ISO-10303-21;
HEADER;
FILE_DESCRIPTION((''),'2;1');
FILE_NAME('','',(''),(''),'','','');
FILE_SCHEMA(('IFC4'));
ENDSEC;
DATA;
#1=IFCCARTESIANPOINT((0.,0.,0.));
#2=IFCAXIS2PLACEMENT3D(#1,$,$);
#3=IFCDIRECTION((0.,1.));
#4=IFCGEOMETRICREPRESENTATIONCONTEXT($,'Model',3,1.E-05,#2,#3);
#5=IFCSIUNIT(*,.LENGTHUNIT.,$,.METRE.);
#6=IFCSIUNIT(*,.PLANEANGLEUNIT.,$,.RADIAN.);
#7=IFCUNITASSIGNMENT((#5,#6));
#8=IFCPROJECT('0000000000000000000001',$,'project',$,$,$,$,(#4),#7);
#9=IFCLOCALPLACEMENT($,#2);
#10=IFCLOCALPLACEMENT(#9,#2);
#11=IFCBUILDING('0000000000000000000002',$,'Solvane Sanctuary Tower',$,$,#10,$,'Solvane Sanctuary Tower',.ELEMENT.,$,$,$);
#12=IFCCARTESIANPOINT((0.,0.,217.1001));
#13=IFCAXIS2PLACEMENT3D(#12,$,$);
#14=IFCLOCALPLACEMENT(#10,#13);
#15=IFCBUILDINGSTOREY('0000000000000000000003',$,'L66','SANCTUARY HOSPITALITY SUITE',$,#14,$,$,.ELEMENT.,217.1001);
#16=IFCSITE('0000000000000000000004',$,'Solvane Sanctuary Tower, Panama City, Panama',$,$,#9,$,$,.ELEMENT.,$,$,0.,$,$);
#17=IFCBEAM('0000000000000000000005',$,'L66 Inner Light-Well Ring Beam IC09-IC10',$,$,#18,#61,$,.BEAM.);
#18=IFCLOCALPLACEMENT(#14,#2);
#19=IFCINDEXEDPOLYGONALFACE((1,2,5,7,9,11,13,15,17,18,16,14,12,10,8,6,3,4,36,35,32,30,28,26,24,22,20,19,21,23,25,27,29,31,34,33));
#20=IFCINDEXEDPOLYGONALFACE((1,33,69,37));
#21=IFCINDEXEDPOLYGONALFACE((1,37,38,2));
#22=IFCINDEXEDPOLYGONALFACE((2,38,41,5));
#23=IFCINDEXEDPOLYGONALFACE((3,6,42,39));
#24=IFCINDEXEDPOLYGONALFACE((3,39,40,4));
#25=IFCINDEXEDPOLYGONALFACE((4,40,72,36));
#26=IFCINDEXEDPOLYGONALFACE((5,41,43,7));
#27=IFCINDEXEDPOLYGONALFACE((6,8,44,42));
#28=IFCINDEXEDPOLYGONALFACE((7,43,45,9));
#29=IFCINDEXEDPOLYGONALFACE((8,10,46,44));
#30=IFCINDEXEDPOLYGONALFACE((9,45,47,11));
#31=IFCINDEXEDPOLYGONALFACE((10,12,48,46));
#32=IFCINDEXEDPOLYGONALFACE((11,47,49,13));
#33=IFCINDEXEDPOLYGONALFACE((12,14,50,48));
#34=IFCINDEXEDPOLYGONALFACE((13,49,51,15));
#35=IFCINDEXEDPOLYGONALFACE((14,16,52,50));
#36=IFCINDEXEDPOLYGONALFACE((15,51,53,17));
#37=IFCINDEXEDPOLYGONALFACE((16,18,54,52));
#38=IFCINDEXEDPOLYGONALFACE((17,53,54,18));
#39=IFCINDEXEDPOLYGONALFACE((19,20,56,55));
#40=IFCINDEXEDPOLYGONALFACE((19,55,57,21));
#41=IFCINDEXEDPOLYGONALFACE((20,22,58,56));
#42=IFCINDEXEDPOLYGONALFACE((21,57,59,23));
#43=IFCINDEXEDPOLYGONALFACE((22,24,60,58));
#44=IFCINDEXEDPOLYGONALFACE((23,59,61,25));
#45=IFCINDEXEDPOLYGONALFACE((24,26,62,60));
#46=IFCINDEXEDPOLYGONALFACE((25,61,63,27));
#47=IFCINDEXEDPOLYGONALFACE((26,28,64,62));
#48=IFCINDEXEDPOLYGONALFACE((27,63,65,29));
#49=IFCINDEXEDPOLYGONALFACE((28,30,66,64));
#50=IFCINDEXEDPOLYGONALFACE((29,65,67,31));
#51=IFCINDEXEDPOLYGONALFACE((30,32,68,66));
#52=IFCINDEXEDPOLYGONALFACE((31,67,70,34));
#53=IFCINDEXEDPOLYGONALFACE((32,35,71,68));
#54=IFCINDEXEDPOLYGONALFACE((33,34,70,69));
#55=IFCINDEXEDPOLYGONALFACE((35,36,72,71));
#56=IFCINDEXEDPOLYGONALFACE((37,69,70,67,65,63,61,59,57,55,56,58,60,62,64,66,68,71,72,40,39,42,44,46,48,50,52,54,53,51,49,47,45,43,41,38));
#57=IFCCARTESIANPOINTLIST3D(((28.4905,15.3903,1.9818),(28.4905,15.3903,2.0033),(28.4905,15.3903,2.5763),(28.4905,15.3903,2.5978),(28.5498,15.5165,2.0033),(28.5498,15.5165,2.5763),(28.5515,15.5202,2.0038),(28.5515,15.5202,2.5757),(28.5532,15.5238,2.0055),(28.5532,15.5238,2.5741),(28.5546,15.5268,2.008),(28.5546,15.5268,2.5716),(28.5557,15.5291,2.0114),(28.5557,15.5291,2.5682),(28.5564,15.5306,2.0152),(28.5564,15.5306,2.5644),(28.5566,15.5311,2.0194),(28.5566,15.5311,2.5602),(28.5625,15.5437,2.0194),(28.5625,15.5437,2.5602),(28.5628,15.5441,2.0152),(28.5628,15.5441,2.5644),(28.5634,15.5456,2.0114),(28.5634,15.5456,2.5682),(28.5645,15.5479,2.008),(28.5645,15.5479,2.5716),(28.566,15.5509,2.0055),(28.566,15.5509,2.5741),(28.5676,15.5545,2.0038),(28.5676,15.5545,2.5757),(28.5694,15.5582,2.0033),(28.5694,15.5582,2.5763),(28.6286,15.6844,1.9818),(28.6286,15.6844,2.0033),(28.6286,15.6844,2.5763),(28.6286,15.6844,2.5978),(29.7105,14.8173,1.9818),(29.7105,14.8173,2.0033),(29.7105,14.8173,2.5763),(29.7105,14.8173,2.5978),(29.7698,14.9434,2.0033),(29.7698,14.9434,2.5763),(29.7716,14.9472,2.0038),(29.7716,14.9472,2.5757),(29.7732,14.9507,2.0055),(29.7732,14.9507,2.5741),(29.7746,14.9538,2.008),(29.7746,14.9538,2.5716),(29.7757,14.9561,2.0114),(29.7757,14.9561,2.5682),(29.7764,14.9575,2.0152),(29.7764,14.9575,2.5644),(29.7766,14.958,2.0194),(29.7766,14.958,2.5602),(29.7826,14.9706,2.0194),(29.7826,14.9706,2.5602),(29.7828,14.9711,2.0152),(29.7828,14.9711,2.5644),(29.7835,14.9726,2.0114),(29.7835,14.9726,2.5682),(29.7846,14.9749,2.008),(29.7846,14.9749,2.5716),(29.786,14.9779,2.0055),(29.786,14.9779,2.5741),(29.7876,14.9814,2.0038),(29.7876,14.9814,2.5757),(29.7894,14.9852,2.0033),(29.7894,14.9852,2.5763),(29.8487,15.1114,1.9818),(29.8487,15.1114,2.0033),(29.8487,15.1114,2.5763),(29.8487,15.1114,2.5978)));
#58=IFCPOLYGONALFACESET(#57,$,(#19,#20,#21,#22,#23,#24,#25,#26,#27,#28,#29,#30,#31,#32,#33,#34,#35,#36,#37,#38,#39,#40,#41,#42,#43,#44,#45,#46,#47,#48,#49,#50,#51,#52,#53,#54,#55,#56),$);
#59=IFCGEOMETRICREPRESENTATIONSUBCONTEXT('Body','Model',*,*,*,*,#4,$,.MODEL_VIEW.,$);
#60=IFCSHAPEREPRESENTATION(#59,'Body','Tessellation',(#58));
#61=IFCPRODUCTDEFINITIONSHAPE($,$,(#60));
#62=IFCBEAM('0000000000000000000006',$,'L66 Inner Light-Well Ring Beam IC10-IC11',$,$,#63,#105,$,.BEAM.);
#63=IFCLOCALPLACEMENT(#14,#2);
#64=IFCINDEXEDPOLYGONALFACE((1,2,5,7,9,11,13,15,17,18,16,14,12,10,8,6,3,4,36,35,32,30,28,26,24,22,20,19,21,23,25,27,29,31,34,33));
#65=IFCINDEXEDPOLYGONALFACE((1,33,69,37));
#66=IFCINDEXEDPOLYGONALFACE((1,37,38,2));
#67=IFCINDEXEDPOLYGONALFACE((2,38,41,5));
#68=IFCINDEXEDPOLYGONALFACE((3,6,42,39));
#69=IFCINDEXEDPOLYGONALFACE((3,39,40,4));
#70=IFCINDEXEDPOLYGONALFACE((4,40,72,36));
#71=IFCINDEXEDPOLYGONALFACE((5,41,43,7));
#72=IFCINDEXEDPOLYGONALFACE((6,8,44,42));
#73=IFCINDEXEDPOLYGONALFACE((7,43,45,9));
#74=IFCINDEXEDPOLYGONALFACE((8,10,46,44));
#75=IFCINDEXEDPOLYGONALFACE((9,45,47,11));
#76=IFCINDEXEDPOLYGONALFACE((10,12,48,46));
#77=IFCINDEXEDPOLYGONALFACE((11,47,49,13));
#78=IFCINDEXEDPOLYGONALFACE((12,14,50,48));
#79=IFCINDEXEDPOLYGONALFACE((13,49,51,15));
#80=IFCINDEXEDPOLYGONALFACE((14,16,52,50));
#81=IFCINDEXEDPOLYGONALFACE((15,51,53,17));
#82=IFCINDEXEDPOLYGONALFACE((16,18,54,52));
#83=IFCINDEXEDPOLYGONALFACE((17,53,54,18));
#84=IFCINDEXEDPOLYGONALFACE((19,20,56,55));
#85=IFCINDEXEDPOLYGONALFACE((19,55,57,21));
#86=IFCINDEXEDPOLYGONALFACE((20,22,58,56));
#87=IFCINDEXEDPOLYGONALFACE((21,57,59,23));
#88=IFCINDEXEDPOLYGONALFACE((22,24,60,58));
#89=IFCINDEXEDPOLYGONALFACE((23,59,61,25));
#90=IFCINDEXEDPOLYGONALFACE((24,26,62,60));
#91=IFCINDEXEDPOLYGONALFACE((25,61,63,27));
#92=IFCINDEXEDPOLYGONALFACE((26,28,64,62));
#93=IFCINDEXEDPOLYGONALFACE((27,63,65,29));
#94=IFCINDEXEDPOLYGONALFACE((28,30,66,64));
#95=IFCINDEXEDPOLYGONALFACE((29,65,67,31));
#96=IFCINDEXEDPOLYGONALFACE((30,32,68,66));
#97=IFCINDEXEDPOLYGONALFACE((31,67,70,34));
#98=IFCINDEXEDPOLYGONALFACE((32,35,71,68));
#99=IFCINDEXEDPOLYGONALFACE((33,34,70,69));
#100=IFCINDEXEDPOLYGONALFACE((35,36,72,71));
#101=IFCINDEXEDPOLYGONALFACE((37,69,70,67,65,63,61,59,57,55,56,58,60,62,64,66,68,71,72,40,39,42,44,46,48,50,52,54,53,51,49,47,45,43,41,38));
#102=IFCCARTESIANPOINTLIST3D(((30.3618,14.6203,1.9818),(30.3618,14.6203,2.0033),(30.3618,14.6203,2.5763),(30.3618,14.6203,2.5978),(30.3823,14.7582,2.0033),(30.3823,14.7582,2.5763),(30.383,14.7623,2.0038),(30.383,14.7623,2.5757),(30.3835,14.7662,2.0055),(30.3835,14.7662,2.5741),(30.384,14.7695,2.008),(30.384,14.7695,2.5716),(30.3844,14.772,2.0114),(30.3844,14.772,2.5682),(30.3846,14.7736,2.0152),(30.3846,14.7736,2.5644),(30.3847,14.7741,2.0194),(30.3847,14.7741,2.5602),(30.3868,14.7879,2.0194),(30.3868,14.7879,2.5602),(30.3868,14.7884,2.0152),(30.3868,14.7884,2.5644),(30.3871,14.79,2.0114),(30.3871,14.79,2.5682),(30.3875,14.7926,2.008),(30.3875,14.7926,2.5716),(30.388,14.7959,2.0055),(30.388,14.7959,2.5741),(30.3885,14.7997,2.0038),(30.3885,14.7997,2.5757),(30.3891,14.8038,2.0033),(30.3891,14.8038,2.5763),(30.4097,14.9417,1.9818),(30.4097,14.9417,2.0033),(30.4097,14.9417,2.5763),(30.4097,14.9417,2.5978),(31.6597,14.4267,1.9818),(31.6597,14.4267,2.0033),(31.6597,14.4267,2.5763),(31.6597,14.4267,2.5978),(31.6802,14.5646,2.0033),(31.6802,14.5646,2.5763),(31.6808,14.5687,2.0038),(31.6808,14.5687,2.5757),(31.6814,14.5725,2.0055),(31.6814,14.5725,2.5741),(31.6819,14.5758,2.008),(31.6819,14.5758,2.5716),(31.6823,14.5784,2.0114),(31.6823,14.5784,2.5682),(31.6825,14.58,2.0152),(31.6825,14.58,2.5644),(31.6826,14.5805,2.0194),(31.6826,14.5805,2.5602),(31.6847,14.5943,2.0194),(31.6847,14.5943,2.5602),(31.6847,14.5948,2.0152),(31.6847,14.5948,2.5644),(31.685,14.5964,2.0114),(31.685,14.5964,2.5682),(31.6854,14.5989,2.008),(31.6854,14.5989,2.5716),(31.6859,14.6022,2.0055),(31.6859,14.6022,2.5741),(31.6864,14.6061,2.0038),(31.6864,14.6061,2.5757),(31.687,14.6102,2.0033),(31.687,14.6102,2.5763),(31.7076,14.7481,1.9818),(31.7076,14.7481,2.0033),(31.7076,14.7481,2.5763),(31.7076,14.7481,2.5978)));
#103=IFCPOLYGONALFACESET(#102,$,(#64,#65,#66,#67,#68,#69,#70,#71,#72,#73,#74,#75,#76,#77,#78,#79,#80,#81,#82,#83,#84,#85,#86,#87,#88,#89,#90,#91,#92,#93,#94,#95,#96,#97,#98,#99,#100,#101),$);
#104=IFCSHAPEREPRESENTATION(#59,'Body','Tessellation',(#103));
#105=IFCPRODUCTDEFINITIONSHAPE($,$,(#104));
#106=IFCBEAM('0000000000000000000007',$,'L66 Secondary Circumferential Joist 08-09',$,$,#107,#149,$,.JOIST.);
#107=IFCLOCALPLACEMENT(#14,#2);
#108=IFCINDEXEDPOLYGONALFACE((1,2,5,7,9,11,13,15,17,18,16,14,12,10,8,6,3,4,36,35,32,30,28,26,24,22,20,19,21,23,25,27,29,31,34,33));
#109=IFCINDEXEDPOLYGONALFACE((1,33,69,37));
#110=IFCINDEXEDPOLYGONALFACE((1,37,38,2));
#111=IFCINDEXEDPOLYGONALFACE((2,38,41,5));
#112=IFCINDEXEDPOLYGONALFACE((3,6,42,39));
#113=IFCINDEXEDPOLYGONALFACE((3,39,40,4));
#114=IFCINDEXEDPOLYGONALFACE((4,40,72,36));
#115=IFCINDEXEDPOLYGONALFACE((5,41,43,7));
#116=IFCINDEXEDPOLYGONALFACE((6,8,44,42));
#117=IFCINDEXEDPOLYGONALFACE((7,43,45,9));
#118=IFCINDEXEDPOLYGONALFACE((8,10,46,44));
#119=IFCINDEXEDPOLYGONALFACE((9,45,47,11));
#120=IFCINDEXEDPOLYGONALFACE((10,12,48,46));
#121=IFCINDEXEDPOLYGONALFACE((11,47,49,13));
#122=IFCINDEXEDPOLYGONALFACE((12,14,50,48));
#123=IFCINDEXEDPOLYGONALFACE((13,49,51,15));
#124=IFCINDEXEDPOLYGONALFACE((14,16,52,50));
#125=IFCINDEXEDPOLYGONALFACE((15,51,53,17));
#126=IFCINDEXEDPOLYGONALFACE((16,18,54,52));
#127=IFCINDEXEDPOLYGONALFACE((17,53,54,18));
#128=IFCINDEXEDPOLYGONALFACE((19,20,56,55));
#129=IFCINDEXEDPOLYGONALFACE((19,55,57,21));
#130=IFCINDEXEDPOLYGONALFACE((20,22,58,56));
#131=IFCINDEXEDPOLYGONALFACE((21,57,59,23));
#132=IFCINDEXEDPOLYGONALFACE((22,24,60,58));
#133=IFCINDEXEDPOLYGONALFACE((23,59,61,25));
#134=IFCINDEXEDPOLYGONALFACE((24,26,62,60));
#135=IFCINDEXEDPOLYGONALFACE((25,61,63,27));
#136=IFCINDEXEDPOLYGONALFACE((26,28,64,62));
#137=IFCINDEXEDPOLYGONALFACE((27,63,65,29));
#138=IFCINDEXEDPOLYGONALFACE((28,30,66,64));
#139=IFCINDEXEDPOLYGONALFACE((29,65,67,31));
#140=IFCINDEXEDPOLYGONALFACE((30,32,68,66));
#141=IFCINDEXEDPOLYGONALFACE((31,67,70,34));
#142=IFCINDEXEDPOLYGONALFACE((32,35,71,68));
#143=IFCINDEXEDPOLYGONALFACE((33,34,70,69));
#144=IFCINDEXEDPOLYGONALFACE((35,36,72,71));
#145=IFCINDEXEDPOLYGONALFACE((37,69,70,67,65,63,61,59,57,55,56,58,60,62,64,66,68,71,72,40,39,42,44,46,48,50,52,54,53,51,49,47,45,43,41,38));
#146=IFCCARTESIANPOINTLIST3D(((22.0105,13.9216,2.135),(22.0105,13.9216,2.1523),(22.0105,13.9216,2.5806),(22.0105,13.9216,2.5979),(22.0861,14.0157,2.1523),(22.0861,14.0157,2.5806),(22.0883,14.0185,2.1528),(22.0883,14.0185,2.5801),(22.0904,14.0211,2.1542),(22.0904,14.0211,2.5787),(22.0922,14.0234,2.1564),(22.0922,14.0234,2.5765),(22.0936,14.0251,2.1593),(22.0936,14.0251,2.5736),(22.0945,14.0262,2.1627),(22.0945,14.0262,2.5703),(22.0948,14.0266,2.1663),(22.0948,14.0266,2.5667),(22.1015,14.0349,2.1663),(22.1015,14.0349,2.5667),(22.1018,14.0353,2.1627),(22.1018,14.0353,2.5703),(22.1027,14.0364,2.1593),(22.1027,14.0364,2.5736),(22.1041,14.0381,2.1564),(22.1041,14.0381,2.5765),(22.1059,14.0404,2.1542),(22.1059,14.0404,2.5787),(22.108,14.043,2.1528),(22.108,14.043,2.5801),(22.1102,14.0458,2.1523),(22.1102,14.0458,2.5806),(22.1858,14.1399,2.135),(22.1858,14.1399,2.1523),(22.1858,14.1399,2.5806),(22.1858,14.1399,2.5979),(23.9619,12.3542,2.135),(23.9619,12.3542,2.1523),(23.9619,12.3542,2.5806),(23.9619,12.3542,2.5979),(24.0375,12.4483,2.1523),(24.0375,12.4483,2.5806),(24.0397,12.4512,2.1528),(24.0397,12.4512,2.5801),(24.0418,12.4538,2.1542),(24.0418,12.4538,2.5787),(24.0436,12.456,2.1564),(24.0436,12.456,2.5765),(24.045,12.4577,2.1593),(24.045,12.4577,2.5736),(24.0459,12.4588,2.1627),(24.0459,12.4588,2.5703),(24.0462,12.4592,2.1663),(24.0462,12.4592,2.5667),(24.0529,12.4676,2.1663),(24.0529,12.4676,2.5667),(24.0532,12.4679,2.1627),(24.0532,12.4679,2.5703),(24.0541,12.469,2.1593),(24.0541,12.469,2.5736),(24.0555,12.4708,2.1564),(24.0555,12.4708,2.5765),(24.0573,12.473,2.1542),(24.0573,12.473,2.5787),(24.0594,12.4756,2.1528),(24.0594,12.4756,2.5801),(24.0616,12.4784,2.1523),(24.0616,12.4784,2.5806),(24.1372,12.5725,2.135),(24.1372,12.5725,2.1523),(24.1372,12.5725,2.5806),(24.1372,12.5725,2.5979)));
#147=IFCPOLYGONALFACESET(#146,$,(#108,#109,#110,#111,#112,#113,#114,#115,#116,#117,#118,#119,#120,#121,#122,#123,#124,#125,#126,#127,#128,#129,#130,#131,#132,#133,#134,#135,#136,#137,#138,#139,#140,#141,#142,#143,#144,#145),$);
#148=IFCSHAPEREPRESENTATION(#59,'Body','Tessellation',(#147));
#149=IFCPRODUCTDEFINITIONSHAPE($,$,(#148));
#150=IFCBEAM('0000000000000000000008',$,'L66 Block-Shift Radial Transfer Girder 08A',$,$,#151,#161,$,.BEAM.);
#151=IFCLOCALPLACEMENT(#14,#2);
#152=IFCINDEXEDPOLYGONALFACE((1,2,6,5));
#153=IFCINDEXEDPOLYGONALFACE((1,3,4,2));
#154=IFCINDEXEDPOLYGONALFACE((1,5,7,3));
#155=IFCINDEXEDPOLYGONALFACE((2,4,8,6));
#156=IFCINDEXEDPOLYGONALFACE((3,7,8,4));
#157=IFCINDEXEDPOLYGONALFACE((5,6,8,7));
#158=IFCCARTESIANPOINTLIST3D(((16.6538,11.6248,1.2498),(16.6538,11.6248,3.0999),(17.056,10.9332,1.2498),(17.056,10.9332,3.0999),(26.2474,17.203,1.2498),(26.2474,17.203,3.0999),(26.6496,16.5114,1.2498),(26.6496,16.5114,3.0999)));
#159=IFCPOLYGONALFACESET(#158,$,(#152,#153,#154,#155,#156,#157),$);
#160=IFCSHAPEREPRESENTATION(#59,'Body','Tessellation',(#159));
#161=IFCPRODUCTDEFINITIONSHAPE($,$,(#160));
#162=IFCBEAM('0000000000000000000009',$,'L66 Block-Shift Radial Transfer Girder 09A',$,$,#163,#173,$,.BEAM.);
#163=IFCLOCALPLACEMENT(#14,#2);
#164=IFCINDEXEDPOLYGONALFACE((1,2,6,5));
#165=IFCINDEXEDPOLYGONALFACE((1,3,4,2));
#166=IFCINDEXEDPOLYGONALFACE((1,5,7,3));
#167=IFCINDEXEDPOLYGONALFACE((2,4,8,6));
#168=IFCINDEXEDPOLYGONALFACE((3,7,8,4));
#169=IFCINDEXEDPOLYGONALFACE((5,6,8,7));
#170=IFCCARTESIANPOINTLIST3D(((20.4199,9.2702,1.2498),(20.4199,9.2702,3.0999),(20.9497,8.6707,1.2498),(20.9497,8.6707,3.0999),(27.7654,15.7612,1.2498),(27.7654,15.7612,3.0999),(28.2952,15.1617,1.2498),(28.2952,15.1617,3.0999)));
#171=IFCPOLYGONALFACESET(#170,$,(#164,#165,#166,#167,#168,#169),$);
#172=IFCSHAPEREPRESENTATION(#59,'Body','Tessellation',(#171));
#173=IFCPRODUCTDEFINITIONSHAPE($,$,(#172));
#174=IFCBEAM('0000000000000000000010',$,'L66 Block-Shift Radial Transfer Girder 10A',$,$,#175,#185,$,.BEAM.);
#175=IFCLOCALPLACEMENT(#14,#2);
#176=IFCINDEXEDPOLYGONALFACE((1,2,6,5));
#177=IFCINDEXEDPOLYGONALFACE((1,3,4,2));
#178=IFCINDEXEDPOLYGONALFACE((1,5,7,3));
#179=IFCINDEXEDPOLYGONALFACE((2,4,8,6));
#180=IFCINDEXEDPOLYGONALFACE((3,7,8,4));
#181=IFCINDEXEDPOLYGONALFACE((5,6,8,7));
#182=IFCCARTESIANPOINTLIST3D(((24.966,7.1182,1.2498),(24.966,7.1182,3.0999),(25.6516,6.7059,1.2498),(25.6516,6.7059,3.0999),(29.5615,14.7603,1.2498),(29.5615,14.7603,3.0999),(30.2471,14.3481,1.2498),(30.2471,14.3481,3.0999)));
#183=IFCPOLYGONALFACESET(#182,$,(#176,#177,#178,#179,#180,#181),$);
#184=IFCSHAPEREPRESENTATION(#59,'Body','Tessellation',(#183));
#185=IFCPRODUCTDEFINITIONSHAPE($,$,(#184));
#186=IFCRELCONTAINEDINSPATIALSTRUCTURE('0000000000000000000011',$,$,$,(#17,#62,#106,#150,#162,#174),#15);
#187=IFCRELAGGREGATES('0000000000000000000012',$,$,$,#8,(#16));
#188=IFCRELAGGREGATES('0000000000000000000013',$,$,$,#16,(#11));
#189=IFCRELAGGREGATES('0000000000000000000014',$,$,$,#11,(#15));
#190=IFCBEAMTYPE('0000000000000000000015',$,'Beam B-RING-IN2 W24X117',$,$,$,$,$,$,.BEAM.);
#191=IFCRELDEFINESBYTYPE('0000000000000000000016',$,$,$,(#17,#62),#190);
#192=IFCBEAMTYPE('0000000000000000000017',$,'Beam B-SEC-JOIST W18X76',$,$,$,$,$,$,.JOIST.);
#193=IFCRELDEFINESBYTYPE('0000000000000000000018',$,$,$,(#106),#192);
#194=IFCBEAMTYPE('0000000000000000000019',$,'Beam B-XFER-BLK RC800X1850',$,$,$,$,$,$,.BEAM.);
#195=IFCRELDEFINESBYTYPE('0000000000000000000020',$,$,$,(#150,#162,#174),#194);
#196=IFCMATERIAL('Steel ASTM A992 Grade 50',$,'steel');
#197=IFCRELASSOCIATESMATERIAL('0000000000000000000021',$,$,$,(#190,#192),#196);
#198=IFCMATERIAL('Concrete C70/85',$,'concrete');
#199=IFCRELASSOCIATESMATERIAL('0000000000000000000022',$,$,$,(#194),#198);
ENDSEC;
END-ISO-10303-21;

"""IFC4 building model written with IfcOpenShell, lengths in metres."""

from ifc_helpers import new_model, si_unit, direction, frame, origin, origin_2d, place, context, subcontext, project, spatial, rectangle, i_section, extrude, material, material_profile, profile_set, type_object, element, save


model = new_model("IFC4")

# Units and contexts
model_context = context("Model", 3, precision=1e-05, world=origin(), true_north=direction((0.0, 1.0)))
body_context = subcontext(model_context, "Body", "Model", "MODEL_VIEW")
ifc_project = project(units=[si_unit("LENGTHUNIT", "METRE"), si_unit("PLANEANGLEUNIT", "RADIAN")], contexts=[model_context])

# Site, building, storey
site_placement = place(None, origin())
site = spatial("IfcSite", under=ifc_project, at=site_placement, Name="Solvane Sanctuary Tower, Panama City, Panama", CompositionType="ELEMENT", RefElevation=0.0)
building_placement = place(site_placement, origin())
building = spatial("IfcBuilding", under=site, at=building_placement, Name="Solvane Sanctuary Tower", LongName="Solvane Sanctuary Tower", CompositionType="ELEMENT")
storey_placement = place(building_placement, frame((0.0, 0.0, 217.1001)))
storey = spatial("IfcBuildingStorey", under=building, at=storey_placement, Name="L66", Description="SANCTUARY HOSPITALITY SUITE", CompositionType="ELEMENT", Elevation=217.1001)

# Shared definitions
ifc_material_1 = material(Name="Concrete C70/85", Category="concrete")

# Beams
ifc_material_2 = material(Name="Steel ASTM A992 Grade 50", Category="steel")
ifc_material_profile_1 = material_profile(ifc_material_2, i_section(OverallWidth=0.325, OverallDepth=0.616, WebThickness=0.0139, FlangeThickness=0.0215, FilletRadius=0.0161, at=origin_2d()), Name="W24X117")
ifc_profile_set_1 = profile_set([ifc_material_profile_1], Name="Steel ASTM A992 Grade 50")
beam_type_1 = type_object("IfcBeamType", Name="Beam B-RING-IN2 W24X117", PredefinedType="BEAM", material=ifc_profile_set_1)
beam_1_placement = place(storey_placement, frame((28.5596, 15.5374, 2.2898), z_axis=(0.905135, -0.425125, 0.0), x_axis=(0.425125, 0.905135, 0.0)))
element("IfcBeam", 1, at=beam_1_placement, inside=storey, type_object=beam_type_1, Name="L66 Inner Light-Well Ring Beam IC09-IC10", PredefinedType="BEAM", context=body_context, shape_type="SweptSolid", body=[
    extrude(i_section(OverallWidth=0.325, OverallDepth=0.616, WebThickness=0.0139, FlangeThickness=0.0215, FilletRadius=0.0161, at=origin_2d()), origin(), (0.0, 0.0, 1.0), 1.3479),
])
beam_2_placement = place(storey_placement, frame((30.3857, 14.781, 2.2898), z_axis=(0.989056, -0.14754, 0.0), x_axis=(0.14754, 0.989056, 0.0)))
element("IfcBeam", 2, at=beam_2_placement, inside=storey, type_object=beam_type_1, Name="L66 Inner Light-Well Ring Beam IC10-IC11", PredefinedType="BEAM", context=body_context, shape_type="SweptSolid", body=[
    extrude(i_section(OverallWidth=0.325, OverallDepth=0.616, WebThickness=0.0139, FlangeThickness=0.0215, FilletRadius=0.0161, at=origin_2d()), origin(), (0.0, 0.0, 1.0), 1.3123),
])
ifc_material_profile_2 = material_profile(ifc_material_2, i_section(OverallWidth=0.28, OverallDepth=0.4629, WebThickness=0.0107, FlangeThickness=0.0173, FilletRadius=0.0139, at=origin_2d()), Name="W18X76")
ifc_profile_set_2 = profile_set([ifc_material_profile_2], Name="Steel ASTM A992 Grade 50")
beam_type_2 = type_object("IfcBeamType", Name="Beam B-SEC-JOIST W18X76", PredefinedType="JOIST", material=ifc_profile_set_2)
beam_3_placement = place(storey_placement, frame((22.0981, 14.0308, 2.3665), z_axis=(0.779649, -0.626216, 0.0), x_axis=(0.626216, 0.779649, 0.0)))
element("IfcBeam", 3, at=beam_3_placement, inside=storey, type_object=beam_type_2, Name="L66 Secondary Circumferential Joist 08-09", PredefinedType="JOIST", context=body_context, shape_type="SweptSolid", body=[
    extrude(i_section(OverallWidth=0.28, OverallDepth=0.4629, WebThickness=0.0107, FlangeThickness=0.0173, FilletRadius=0.0139, at=origin_2d()), origin(), (0.0, 0.0, 1.0), 2.5029),
])
ifc_material_profile_3 = material_profile(ifc_material_1, rectangle(XDim=0.8, YDim=1.8501, at=origin_2d()), Name="RC800X1850")
ifc_profile_set_3 = profile_set([ifc_material_profile_3], Name="Concrete C70/85")
beam_type_3 = type_object("IfcBeamType", Name="Beam B-XFER-BLK RC800X1850", PredefinedType="BEAM", material=ifc_profile_set_3)
beam_4_placement = place(storey_placement, frame((26.4485, 16.8572, 2.1748), z_axis=(-0.864487, -0.502654, 0.0), x_axis=(0.502654, -0.864487, 0.0)))
element("IfcBeam", 4, at=beam_4_placement, inside=storey, type_object=beam_type_3, Name="L66 Block-Shift Radial Transfer Girder 08A", PredefinedType="BEAM", context=body_context, shape_type="SweptSolid", body=[
    extrude(rectangle(XDim=0.8, YDim=1.8501, at=origin_2d()), origin(), (0.0, 0.0, 1.0), 11.0974),
])
beam_5_placement = place(storey_placement, frame((28.0303, 15.4614, 2.1748), z_axis=(-0.749348, -0.662177, 0.0), x_axis=(0.662177, -0.749348, 0.0)))
element("IfcBeam", 5, at=beam_5_placement, inside=storey, type_object=beam_type_3, Name="L66 Block-Shift Radial Transfer Girder 09A", PredefinedType="BEAM", context=body_context, shape_type="SweptSolid", body=[
    extrude(rectangle(XDim=0.8, YDim=1.8501, at=origin_2d()), origin(), (0.0, 0.0, 1.0), 9.8025),
])
beam_6_placement = place(storey_placement, frame((29.9043, 14.5542, 2.1748), z_axis=(-0.515337, -0.856988, 0.0), x_axis=(0.856988, -0.515337, 0.0)))
element("IfcBeam", 6, at=beam_6_placement, inside=storey, type_object=beam_type_3, Name="L66 Block-Shift Radial Transfer Girder 10A", PredefinedType="BEAM", context=body_context, shape_type="SweptSolid", body=[
    extrude(rectangle(XDim=0.8, YDim=1.8501, at=origin_2d()), origin(), (0.0, 0.0, 1.0), 8.9175),
])

save(model, "model.ifc")
